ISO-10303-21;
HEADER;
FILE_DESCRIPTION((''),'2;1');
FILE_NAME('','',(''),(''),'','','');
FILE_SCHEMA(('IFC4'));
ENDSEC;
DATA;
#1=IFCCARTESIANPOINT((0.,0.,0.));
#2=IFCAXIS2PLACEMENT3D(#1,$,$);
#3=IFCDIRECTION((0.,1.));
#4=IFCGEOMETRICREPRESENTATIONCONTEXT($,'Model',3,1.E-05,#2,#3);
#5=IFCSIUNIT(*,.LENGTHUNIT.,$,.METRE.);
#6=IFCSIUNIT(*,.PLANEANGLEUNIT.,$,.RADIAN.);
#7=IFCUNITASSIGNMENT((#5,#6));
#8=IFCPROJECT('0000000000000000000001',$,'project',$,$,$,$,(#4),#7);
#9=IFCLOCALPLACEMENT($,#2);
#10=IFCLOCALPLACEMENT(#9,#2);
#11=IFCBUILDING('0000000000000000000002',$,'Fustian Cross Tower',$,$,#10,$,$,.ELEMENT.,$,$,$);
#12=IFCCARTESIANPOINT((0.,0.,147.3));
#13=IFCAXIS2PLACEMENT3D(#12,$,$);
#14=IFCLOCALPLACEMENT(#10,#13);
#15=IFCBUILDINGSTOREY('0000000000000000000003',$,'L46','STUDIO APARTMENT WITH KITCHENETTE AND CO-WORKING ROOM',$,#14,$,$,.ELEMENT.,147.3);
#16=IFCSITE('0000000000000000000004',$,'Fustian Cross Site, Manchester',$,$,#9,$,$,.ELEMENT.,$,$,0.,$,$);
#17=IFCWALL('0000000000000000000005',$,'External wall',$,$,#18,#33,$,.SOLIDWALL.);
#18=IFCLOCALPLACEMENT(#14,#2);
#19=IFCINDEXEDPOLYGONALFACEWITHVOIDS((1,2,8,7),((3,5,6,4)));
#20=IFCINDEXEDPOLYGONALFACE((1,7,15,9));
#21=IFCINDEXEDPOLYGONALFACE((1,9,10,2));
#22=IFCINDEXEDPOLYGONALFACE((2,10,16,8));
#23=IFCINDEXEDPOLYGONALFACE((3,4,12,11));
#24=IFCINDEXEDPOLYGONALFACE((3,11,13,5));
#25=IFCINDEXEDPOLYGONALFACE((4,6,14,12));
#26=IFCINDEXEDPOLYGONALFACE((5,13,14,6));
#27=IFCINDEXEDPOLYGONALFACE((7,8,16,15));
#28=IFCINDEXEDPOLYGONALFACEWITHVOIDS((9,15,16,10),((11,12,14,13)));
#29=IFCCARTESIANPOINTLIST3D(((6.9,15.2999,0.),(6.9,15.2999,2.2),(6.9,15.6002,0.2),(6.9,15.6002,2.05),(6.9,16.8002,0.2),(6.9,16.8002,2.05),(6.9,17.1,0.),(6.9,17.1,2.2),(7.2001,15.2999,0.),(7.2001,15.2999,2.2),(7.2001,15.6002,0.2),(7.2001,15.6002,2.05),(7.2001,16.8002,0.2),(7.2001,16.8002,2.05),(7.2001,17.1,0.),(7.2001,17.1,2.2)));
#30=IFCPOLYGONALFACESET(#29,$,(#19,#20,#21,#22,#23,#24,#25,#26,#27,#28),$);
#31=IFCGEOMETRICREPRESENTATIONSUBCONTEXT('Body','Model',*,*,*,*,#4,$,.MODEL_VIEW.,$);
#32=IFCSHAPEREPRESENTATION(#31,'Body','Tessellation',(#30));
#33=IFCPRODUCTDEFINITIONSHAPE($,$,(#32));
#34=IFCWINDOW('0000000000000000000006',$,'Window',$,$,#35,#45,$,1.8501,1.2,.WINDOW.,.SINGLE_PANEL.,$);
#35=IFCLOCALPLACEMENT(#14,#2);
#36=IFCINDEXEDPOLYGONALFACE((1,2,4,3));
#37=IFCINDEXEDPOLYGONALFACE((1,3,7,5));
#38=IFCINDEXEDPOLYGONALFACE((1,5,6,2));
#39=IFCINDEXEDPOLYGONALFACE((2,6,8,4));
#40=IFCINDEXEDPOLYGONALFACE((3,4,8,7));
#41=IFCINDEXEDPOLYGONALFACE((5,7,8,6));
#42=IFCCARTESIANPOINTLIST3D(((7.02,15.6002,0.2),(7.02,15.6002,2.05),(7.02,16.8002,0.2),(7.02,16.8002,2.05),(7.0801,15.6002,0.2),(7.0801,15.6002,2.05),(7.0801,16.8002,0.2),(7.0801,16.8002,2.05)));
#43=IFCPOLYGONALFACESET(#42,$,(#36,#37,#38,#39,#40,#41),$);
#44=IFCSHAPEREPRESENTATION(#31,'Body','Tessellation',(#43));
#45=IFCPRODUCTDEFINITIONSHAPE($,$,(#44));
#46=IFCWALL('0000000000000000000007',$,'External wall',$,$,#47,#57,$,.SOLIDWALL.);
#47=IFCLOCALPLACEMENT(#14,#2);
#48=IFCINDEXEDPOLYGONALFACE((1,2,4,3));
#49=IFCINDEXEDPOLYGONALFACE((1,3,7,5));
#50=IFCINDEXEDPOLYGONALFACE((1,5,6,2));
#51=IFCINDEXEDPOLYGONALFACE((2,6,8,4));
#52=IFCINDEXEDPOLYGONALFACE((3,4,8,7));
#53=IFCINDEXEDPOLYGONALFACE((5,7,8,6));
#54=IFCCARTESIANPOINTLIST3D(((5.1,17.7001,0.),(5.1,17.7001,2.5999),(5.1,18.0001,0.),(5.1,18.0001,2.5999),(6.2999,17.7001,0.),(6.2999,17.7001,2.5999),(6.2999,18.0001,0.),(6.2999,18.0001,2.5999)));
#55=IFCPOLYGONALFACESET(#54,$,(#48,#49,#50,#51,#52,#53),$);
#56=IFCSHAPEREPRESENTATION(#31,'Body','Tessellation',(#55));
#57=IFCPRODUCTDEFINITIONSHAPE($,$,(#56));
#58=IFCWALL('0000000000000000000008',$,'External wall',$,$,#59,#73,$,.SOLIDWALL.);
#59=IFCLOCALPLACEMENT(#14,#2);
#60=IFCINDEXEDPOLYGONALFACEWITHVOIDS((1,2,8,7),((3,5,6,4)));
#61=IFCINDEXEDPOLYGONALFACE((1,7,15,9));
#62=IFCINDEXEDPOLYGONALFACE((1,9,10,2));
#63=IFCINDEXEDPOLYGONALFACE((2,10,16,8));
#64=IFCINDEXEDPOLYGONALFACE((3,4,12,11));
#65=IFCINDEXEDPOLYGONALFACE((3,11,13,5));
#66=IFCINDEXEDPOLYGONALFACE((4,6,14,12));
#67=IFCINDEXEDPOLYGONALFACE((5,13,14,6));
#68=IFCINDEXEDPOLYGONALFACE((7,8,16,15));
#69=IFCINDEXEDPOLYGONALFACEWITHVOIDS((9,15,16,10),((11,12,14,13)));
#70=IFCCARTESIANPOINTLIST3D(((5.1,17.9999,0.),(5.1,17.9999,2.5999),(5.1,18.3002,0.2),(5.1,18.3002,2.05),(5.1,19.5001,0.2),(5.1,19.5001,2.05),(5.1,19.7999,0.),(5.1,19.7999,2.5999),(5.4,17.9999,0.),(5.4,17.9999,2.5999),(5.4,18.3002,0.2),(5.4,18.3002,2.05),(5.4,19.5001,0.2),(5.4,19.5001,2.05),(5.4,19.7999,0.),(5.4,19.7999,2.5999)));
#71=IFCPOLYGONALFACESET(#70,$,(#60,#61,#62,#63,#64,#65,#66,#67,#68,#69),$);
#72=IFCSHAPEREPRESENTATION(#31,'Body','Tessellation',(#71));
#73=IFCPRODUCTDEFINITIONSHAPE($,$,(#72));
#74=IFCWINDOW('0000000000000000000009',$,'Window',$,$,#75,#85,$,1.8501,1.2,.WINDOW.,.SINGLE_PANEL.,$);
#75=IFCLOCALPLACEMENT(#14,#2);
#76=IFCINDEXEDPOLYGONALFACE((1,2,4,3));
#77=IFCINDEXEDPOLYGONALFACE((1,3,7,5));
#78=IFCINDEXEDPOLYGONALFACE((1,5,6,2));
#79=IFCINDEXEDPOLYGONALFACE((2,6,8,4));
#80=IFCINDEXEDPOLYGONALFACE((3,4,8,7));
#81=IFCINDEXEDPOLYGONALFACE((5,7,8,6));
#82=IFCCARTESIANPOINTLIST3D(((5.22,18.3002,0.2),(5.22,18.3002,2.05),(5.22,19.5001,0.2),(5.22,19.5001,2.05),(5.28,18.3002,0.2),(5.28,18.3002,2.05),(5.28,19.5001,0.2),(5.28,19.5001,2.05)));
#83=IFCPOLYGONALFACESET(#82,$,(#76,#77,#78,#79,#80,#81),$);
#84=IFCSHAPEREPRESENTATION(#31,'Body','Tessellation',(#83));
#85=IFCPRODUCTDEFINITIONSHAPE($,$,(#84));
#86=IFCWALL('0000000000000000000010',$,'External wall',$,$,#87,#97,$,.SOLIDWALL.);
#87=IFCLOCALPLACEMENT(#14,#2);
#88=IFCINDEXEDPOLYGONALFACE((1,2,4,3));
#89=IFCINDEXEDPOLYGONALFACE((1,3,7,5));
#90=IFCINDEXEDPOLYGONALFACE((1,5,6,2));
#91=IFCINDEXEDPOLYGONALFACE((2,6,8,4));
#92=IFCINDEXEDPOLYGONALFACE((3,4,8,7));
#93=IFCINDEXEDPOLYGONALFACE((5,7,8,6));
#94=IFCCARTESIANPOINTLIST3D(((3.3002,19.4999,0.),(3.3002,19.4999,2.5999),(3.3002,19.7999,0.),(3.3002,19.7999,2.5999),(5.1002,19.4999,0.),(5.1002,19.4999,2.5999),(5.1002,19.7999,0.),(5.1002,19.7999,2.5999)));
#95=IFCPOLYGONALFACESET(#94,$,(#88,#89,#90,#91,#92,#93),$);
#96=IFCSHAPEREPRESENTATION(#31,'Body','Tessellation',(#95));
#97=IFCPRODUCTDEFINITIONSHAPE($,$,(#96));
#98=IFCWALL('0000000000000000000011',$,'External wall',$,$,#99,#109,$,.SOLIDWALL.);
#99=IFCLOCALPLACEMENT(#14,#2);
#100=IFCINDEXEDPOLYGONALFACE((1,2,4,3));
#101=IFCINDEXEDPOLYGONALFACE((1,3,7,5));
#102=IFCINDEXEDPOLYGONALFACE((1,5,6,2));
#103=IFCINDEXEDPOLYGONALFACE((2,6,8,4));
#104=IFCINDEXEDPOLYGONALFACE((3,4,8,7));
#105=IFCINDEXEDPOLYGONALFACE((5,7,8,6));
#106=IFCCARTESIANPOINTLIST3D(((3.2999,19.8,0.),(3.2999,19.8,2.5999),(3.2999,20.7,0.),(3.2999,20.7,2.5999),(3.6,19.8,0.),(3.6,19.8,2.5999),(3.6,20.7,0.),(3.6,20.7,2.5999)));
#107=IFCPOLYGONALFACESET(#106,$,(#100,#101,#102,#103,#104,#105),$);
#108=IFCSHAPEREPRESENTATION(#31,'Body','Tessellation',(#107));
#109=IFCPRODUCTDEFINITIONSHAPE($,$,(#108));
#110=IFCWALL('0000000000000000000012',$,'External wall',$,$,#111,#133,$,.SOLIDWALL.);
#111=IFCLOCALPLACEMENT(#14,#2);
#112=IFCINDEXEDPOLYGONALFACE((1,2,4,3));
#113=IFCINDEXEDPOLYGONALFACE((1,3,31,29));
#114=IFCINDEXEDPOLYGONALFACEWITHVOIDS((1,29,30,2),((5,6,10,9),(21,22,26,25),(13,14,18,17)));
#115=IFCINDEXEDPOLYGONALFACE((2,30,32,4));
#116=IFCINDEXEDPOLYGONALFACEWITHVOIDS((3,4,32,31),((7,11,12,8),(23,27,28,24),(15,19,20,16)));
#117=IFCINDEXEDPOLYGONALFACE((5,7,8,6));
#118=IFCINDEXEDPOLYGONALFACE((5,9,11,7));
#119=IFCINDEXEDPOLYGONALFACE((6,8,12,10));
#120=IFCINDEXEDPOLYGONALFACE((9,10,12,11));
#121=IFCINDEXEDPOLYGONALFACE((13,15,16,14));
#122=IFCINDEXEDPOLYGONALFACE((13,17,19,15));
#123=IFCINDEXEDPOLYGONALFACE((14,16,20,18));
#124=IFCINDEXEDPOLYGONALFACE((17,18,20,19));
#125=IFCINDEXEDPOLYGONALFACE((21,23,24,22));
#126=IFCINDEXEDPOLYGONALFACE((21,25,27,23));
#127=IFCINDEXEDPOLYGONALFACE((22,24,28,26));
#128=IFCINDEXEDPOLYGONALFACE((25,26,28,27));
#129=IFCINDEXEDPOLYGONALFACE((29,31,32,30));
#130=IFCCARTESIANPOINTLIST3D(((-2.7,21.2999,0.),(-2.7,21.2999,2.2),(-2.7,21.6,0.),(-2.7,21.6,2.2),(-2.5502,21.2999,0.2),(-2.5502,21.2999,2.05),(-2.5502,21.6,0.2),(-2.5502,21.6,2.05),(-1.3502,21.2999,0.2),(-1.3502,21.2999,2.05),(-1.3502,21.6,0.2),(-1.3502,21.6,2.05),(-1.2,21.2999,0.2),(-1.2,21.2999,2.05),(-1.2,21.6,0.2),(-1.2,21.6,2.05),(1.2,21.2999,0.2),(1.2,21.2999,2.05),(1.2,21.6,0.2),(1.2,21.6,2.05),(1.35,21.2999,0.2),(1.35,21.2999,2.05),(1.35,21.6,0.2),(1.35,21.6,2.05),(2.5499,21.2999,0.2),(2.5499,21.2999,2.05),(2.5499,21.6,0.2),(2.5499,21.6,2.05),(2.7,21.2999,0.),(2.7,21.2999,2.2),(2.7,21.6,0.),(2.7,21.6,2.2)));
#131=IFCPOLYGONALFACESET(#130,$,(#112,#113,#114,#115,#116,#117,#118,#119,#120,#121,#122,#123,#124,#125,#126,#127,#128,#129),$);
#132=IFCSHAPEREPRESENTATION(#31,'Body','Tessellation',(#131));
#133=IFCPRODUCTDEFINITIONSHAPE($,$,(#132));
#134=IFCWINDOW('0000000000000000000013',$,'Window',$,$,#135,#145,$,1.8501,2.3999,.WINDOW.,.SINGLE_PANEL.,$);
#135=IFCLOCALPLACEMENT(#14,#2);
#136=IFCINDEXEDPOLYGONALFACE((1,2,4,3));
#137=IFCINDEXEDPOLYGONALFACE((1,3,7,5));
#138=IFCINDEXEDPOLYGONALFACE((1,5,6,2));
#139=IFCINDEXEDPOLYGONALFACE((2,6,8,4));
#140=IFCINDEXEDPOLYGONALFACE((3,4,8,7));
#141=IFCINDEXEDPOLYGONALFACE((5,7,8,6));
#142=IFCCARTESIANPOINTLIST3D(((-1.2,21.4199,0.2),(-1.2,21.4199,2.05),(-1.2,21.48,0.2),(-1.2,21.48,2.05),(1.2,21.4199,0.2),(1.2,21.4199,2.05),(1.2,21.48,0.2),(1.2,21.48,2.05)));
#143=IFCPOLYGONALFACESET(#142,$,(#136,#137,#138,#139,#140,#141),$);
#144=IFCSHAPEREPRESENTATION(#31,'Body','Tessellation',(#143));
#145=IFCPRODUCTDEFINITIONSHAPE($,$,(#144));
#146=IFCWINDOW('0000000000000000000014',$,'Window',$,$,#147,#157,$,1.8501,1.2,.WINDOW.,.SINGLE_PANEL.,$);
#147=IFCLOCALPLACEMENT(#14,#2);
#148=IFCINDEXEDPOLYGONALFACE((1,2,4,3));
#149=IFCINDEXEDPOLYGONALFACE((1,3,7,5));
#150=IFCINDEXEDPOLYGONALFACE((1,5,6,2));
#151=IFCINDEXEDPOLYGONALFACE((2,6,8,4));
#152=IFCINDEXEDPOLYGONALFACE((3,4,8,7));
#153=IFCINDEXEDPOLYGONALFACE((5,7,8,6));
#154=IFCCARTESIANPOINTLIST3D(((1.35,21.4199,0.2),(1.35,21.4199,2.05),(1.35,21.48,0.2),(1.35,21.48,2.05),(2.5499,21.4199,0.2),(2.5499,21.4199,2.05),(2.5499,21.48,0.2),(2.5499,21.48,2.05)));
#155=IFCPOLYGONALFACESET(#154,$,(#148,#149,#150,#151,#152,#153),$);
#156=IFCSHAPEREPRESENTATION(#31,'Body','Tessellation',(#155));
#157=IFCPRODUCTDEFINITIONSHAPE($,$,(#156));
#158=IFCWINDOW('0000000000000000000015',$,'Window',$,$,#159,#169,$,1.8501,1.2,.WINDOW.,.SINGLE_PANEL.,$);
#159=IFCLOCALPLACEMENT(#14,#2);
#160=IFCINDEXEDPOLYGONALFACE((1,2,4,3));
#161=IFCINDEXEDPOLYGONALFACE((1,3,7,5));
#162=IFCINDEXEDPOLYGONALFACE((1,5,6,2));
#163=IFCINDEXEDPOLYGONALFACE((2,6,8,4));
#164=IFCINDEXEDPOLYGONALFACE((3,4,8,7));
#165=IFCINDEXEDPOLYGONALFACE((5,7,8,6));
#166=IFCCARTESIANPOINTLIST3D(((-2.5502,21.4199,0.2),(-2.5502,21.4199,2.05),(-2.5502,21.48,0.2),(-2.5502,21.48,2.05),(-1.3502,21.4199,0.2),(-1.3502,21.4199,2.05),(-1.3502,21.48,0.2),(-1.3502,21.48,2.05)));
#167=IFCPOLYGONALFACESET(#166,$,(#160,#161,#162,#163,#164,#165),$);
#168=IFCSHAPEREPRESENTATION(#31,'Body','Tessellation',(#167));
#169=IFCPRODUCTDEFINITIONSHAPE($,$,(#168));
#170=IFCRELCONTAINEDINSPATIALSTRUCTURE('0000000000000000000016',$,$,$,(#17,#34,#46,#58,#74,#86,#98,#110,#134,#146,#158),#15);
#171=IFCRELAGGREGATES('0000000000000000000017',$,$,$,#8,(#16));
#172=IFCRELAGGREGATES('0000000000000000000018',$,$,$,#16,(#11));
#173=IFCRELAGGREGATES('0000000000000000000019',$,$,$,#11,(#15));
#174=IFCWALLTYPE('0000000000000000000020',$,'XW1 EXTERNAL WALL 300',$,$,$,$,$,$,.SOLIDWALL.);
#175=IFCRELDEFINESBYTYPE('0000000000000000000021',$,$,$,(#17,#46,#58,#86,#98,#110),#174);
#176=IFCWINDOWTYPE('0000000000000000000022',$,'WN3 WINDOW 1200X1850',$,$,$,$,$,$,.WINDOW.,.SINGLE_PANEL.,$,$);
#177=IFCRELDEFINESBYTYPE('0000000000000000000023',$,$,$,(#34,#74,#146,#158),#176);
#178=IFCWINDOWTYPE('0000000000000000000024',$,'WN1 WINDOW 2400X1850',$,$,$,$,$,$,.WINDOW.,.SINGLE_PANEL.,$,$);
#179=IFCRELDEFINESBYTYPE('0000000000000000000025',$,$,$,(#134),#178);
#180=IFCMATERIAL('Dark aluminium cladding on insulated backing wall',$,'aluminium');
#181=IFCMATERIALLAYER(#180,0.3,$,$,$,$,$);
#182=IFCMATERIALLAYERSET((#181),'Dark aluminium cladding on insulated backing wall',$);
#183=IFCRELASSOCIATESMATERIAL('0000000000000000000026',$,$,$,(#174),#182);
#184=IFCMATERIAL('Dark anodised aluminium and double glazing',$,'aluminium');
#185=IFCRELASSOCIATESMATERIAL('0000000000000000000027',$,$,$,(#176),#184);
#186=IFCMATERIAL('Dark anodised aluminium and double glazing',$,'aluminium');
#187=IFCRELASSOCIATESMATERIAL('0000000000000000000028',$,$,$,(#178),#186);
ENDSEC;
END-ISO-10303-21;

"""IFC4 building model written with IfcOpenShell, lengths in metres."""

from ifc_helpers import new_model, si_unit, direction, frame, frame_2d, origin, place, context, subcontext, project, spatial, rectangle, extrude, material, layer, layer_set, type_object, element, fill, save


model = new_model("IFC4")

# Units and contexts
model_context = context("Model", 3, precision=1e-05, world=origin(), true_north=direction((0.0, 1.0)))
body_context = subcontext(model_context, "Body", "Model", "MODEL_VIEW")
ifc_project = project(units=[si_unit("LENGTHUNIT", "METRE"), si_unit("PLANEANGLEUNIT", "RADIAN")], contexts=[model_context])

# Site, building, storey
site_placement = place(None, origin())
site = spatial("IfcSite", under=ifc_project, at=site_placement, Name="Fustian Cross Site, Manchester", CompositionType="ELEMENT", RefElevation=0.0)
building_placement = place(site_placement, origin())
building = spatial("IfcBuilding", under=site, at=building_placement, Name="Fustian Cross Tower", CompositionType="ELEMENT")
storey_placement = place(building_placement, frame((0.0, 0.0, 147.3)))
storey = spatial("IfcBuildingStorey", under=building, at=storey_placement, Name="L46", Description="STUDIO APARTMENT WITH KITCHENETTE AND CO-WORKING ROOM", CompositionType="ELEMENT", Elevation=147.3)

# Shared definitions
ifc_material_1 = material(Name="Dark aluminium cladding on insulated backing wall", Category="aluminium")
ifc_layer_1 = layer(ifc_material_1, 0.3)
ifc_layer_set_1 = layer_set([ifc_layer_1], Name="Dark aluminium cladding on insulated backing wall")
wall_type_1 = type_object("IfcWallType", Name="XW1 EXTERNAL WALL 300", PredefinedType="SOLIDWALL", material=ifc_layer_set_1)

# Wall, opening, window
wall_1_placement = place(storey_placement, frame((7.05, 15.3, 0.0), z_axis=(0.0, 0.0, 1.0), x_axis=(0.0, 1.0, 0.0)))
wall_1 = element("IfcWall", 1, at=wall_1_placement, inside=storey, type_object=wall_type_1, Name="External wall", PredefinedType="SOLIDWALL", context=body_context, shape_type="SweptSolid", body=[
    extrude(rectangle(XDim=1.8, YDim=0.3, at=frame_2d((0.8999, 0.0))), origin(), (0.0, 0.0, 1.0), 2.2),
])
opening_1_placement = place(wall_1_placement, frame((0.3, 0.0, 0.2)))
opening_1 = element("IfcOpeningElement", 2, at=opening_1_placement, cuts=wall_1, PredefinedType="OPENING", context=body_context, shape_type="SweptSolid", body=[
    extrude(rectangle(XDim=1.2, YDim=1.8501, at=frame_2d((0.6001, 0.925))), frame((0.0, 0.1599, 0.0), z_axis=(0.0, -1.0, 0.0), x_axis=(1.0, 0.0, 0.0)), (0.0, 0.0, 1.0), 0.3201),
])
ifc_material_2 = material(Name="Dark anodised aluminium and double glazing", Category="aluminium")
window_type_1 = type_object("IfcWindowType", Name="WN3 WINDOW 1200X1850", PartitioningType="SINGLE_PANEL", PredefinedType="WINDOW", material=ifc_material_2)
window_1_placement = place(opening_1_placement, origin())
window_1 = element("IfcWindow", 3, at=window_1_placement, inside=storey, type_object=window_type_1, Name="Window", OverallHeight=1.8501, OverallWidth=1.2, PartitioningType="SINGLE_PANEL", PredefinedType="WINDOW", context=body_context, shape_type="SweptSolid", body=[
    extrude(rectangle(XDim=1.2, YDim=1.8501, at=frame_2d((0.6001, 0.925))), frame((0.0, 0.03, 0.0), z_axis=(0.0, -1.0, 0.0), x_axis=(1.0, 0.0, 0.0)), (0.0, 0.0, 1.0), 0.0601),
])
fill(opening_1, window_1)

# Wall
wall_2_placement = place(storey_placement, frame((6.3, 17.8501, 0.0), z_axis=(0.0, 0.0, 1.0), x_axis=(-1.0, 0.0, 0.0)))
element("IfcWall", 4, at=wall_2_placement, inside=storey, type_object=wall_type_1, Name="External wall", PredefinedType="SOLIDWALL", context=body_context, shape_type="SweptSolid", body=[
    extrude(rectangle(XDim=1.2, YDim=0.3, at=frame_2d((0.6001, 0.0))), origin(), (0.0, 0.0, 1.0), 2.5999),
])

# Wall, opening, window
wall_3_placement = place(storey_placement, frame((5.25, 18.0, 0.0), z_axis=(0.0, 0.0, 1.0), x_axis=(0.0, 1.0, 0.0)))
wall_3 = element("IfcWall", 5, at=wall_3_placement, inside=storey, type_object=wall_type_1, Name="External wall", PredefinedType="SOLIDWALL", context=body_context, shape_type="SweptSolid", body=[
    extrude(rectangle(XDim=1.8, YDim=0.3, at=frame_2d((0.8999, 0.0))), origin(), (0.0, 0.0, 1.0), 2.5999),
])
opening_2_placement = place(wall_3_placement, frame((0.3, 0.0, 0.2)))
opening_2 = element("IfcOpeningElement", 6, at=opening_2_placement, cuts=wall_3, PredefinedType="OPENING", context=body_context, shape_type="SweptSolid", body=[
    extrude(rectangle(XDim=1.2, YDim=1.8501, at=frame_2d((0.6001, 0.925))), frame((0.0, 0.1599, 0.0), z_axis=(0.0, -1.0, 0.0), x_axis=(1.0, 0.0, 0.0)), (0.0, 0.0, 1.0), 0.3201),
])
window_2_placement = place(opening_2_placement, origin())
window_2 = element("IfcWindow", 7, at=window_2_placement, inside=storey, type_object=window_type_1, Name="Window", OverallHeight=1.8501, OverallWidth=1.2, PartitioningType="SINGLE_PANEL", PredefinedType="WINDOW", context=body_context, shape_type="SweptSolid", body=[
    extrude(rectangle(XDim=1.2, YDim=1.8501, at=frame_2d((0.6001, 0.925))), frame((0.0, 0.03, 0.0), z_axis=(0.0, -1.0, 0.0), x_axis=(1.0, 0.0, 0.0)), (0.0, 0.0, 1.0), 0.0601),
])
fill(opening_2, window_2)

# Walls
wall_4_placement = place(storey_placement, frame((5.1001, 19.6499, 0.0), z_axis=(0.0, 0.0, 1.0), x_axis=(-1.0, 0.0, 0.0)))
element("IfcWall", 8, at=wall_4_placement, inside=storey, type_object=wall_type_1, Name="External wall", PredefinedType="SOLIDWALL", context=body_context, shape_type="SweptSolid", body=[
    extrude(rectangle(XDim=1.8, YDim=0.3, at=frame_2d((0.8999, 0.0))), origin(), (0.0, 0.0, 1.0), 2.5999),
])
wall_5_placement = place(storey_placement, frame((3.45, 19.8, 0.0), z_axis=(0.0, 0.0, 1.0), x_axis=(0.0, 1.0, 0.0)))
element("IfcWall", 9, at=wall_5_placement, inside=storey, type_object=wall_type_1, Name="External wall", PredefinedType="SOLIDWALL", context=body_context, shape_type="SweptSolid", body=[
    extrude(rectangle(XDim=0.8999, YDim=0.3, at=frame_2d((0.45, 0.0))), origin(), (0.0, 0.0, 1.0), 2.5999),
])

# Wall, openings, windows
wall_6_placement = place(storey_placement, frame((2.7, 21.45, 0.0), z_axis=(0.0, 0.0, 1.0), x_axis=(-1.0, 0.0, 0.0)))
wall_6 = element("IfcWall", 10, at=wall_6_placement, inside=storey, type_object=wall_type_1, Name="External wall", PredefinedType="SOLIDWALL", context=body_context, shape_type="SweptSolid", body=[
    extrude(rectangle(XDim=5.3999, YDim=0.3, at=frame_2d((2.7, 0.0))), origin(), (0.0, 0.0, 1.0), 2.2),
])
opening_3_placement = place(wall_6_placement, frame((1.5, 0.0, 0.2)))
opening_3 = element("IfcOpeningElement", 11, at=opening_3_placement, cuts=wall_6, PredefinedType="OPENING", context=body_context, shape_type="SweptSolid", body=[
    extrude(rectangle(XDim=2.3999, YDim=1.8501, at=frame_2d((1.2, 0.925))), frame((0.0, 0.1599, 0.0), z_axis=(0.0, -1.0, 0.0), x_axis=(1.0, 0.0, 0.0)), (0.0, 0.0, 1.0), 0.3201),
])
opening_4_placement = place(wall_6_placement, frame((0.1499, 0.0, 0.2)))
opening_4 = element("IfcOpeningElement", 12, at=opening_4_placement, cuts=wall_6, PredefinedType="OPENING", context=body_context, shape_type="SweptSolid", body=[
    extrude(rectangle(XDim=1.2, YDim=1.8501, at=frame_2d((0.6001, 0.925))), frame((0.0, 0.1599, 0.0), z_axis=(0.0, -1.0, 0.0), x_axis=(1.0, 0.0, 0.0)), (0.0, 0.0, 1.0), 0.3201),
])
opening_5_placement = place(wall_6_placement, frame((4.05, 0.0, 0.2)))
opening_5 = element("IfcOpeningElement", 13, at=opening_5_placement, cuts=wall_6, PredefinedType="OPENING", context=body_context, shape_type="SweptSolid", body=[
    extrude(rectangle(XDim=1.2, YDim=1.8501, at=frame_2d((0.6001, 0.925))), frame((0.0, 0.1599, 0.0), z_axis=(0.0, -1.0, 0.0), x_axis=(1.0, 0.0, 0.0)), (0.0, 0.0, 1.0), 0.3201),
])
ifc_material_3 = material(Name="Dark anodised aluminium and double glazing", Category="aluminium")
window_type_2 = type_object("IfcWindowType", Name="WN1 WINDOW 2400X1850", PartitioningType="SINGLE_PANEL", PredefinedType="WINDOW", material=ifc_material_3)
window_3_placement = place(opening_3_placement, origin())
window_3 = element("IfcWindow", 14, at=window_3_placement, inside=storey, type_object=window_type_2, Name="Window", OverallHeight=1.8501, OverallWidth=2.3999, PartitioningType="SINGLE_PANEL", PredefinedType="WINDOW", context=body_context, shape_type="SweptSolid", body=[
    extrude(rectangle(XDim=2.3999, YDim=1.8501, at=frame_2d((1.2, 0.925))), frame((0.0, 0.03, 0.0), z_axis=(0.0, -1.0, 0.0), x_axis=(1.0, 0.0, 0.0)), (0.0, 0.0, 1.0), 0.0601),
])
fill(opening_3, window_3)
window_4_placement = place(opening_4_placement, origin())
window_4 = element("IfcWindow", 15, at=window_4_placement, inside=storey, type_object=window_type_1, Name="Window", OverallHeight=1.8501, OverallWidth=1.2, PartitioningType="SINGLE_PANEL", PredefinedType="WINDOW", context=body_context, shape_type="SweptSolid", body=[
    extrude(rectangle(XDim=1.2, YDim=1.8501, at=frame_2d((0.6001, 0.925))), frame((0.0, 0.03, 0.0), z_axis=(0.0, -1.0, 0.0), x_axis=(1.0, 0.0, 0.0)), (0.0, 0.0, 1.0), 0.0601),
])
fill(opening_4, window_4)
window_5_placement = place(opening_5_placement, origin())
window_5 = element("IfcWindow", 16, at=window_5_placement, inside=storey, type_object=window_type_1, Name="Window", OverallHeight=1.8501, OverallWidth=1.2, PartitioningType="SINGLE_PANEL", PredefinedType="WINDOW", context=body_context, shape_type="SweptSolid", body=[
    extrude(rectangle(XDim=1.2, YDim=1.8501, at=frame_2d((0.6001, 0.925))), frame((0.0, 0.03, 0.0), z_axis=(0.0, -1.0, 0.0), x_axis=(1.0, 0.0, 0.0)), (0.0, 0.0, 1.0), 0.0601),
])
fill(opening_5, window_5)

save(model, "model.ifc")
